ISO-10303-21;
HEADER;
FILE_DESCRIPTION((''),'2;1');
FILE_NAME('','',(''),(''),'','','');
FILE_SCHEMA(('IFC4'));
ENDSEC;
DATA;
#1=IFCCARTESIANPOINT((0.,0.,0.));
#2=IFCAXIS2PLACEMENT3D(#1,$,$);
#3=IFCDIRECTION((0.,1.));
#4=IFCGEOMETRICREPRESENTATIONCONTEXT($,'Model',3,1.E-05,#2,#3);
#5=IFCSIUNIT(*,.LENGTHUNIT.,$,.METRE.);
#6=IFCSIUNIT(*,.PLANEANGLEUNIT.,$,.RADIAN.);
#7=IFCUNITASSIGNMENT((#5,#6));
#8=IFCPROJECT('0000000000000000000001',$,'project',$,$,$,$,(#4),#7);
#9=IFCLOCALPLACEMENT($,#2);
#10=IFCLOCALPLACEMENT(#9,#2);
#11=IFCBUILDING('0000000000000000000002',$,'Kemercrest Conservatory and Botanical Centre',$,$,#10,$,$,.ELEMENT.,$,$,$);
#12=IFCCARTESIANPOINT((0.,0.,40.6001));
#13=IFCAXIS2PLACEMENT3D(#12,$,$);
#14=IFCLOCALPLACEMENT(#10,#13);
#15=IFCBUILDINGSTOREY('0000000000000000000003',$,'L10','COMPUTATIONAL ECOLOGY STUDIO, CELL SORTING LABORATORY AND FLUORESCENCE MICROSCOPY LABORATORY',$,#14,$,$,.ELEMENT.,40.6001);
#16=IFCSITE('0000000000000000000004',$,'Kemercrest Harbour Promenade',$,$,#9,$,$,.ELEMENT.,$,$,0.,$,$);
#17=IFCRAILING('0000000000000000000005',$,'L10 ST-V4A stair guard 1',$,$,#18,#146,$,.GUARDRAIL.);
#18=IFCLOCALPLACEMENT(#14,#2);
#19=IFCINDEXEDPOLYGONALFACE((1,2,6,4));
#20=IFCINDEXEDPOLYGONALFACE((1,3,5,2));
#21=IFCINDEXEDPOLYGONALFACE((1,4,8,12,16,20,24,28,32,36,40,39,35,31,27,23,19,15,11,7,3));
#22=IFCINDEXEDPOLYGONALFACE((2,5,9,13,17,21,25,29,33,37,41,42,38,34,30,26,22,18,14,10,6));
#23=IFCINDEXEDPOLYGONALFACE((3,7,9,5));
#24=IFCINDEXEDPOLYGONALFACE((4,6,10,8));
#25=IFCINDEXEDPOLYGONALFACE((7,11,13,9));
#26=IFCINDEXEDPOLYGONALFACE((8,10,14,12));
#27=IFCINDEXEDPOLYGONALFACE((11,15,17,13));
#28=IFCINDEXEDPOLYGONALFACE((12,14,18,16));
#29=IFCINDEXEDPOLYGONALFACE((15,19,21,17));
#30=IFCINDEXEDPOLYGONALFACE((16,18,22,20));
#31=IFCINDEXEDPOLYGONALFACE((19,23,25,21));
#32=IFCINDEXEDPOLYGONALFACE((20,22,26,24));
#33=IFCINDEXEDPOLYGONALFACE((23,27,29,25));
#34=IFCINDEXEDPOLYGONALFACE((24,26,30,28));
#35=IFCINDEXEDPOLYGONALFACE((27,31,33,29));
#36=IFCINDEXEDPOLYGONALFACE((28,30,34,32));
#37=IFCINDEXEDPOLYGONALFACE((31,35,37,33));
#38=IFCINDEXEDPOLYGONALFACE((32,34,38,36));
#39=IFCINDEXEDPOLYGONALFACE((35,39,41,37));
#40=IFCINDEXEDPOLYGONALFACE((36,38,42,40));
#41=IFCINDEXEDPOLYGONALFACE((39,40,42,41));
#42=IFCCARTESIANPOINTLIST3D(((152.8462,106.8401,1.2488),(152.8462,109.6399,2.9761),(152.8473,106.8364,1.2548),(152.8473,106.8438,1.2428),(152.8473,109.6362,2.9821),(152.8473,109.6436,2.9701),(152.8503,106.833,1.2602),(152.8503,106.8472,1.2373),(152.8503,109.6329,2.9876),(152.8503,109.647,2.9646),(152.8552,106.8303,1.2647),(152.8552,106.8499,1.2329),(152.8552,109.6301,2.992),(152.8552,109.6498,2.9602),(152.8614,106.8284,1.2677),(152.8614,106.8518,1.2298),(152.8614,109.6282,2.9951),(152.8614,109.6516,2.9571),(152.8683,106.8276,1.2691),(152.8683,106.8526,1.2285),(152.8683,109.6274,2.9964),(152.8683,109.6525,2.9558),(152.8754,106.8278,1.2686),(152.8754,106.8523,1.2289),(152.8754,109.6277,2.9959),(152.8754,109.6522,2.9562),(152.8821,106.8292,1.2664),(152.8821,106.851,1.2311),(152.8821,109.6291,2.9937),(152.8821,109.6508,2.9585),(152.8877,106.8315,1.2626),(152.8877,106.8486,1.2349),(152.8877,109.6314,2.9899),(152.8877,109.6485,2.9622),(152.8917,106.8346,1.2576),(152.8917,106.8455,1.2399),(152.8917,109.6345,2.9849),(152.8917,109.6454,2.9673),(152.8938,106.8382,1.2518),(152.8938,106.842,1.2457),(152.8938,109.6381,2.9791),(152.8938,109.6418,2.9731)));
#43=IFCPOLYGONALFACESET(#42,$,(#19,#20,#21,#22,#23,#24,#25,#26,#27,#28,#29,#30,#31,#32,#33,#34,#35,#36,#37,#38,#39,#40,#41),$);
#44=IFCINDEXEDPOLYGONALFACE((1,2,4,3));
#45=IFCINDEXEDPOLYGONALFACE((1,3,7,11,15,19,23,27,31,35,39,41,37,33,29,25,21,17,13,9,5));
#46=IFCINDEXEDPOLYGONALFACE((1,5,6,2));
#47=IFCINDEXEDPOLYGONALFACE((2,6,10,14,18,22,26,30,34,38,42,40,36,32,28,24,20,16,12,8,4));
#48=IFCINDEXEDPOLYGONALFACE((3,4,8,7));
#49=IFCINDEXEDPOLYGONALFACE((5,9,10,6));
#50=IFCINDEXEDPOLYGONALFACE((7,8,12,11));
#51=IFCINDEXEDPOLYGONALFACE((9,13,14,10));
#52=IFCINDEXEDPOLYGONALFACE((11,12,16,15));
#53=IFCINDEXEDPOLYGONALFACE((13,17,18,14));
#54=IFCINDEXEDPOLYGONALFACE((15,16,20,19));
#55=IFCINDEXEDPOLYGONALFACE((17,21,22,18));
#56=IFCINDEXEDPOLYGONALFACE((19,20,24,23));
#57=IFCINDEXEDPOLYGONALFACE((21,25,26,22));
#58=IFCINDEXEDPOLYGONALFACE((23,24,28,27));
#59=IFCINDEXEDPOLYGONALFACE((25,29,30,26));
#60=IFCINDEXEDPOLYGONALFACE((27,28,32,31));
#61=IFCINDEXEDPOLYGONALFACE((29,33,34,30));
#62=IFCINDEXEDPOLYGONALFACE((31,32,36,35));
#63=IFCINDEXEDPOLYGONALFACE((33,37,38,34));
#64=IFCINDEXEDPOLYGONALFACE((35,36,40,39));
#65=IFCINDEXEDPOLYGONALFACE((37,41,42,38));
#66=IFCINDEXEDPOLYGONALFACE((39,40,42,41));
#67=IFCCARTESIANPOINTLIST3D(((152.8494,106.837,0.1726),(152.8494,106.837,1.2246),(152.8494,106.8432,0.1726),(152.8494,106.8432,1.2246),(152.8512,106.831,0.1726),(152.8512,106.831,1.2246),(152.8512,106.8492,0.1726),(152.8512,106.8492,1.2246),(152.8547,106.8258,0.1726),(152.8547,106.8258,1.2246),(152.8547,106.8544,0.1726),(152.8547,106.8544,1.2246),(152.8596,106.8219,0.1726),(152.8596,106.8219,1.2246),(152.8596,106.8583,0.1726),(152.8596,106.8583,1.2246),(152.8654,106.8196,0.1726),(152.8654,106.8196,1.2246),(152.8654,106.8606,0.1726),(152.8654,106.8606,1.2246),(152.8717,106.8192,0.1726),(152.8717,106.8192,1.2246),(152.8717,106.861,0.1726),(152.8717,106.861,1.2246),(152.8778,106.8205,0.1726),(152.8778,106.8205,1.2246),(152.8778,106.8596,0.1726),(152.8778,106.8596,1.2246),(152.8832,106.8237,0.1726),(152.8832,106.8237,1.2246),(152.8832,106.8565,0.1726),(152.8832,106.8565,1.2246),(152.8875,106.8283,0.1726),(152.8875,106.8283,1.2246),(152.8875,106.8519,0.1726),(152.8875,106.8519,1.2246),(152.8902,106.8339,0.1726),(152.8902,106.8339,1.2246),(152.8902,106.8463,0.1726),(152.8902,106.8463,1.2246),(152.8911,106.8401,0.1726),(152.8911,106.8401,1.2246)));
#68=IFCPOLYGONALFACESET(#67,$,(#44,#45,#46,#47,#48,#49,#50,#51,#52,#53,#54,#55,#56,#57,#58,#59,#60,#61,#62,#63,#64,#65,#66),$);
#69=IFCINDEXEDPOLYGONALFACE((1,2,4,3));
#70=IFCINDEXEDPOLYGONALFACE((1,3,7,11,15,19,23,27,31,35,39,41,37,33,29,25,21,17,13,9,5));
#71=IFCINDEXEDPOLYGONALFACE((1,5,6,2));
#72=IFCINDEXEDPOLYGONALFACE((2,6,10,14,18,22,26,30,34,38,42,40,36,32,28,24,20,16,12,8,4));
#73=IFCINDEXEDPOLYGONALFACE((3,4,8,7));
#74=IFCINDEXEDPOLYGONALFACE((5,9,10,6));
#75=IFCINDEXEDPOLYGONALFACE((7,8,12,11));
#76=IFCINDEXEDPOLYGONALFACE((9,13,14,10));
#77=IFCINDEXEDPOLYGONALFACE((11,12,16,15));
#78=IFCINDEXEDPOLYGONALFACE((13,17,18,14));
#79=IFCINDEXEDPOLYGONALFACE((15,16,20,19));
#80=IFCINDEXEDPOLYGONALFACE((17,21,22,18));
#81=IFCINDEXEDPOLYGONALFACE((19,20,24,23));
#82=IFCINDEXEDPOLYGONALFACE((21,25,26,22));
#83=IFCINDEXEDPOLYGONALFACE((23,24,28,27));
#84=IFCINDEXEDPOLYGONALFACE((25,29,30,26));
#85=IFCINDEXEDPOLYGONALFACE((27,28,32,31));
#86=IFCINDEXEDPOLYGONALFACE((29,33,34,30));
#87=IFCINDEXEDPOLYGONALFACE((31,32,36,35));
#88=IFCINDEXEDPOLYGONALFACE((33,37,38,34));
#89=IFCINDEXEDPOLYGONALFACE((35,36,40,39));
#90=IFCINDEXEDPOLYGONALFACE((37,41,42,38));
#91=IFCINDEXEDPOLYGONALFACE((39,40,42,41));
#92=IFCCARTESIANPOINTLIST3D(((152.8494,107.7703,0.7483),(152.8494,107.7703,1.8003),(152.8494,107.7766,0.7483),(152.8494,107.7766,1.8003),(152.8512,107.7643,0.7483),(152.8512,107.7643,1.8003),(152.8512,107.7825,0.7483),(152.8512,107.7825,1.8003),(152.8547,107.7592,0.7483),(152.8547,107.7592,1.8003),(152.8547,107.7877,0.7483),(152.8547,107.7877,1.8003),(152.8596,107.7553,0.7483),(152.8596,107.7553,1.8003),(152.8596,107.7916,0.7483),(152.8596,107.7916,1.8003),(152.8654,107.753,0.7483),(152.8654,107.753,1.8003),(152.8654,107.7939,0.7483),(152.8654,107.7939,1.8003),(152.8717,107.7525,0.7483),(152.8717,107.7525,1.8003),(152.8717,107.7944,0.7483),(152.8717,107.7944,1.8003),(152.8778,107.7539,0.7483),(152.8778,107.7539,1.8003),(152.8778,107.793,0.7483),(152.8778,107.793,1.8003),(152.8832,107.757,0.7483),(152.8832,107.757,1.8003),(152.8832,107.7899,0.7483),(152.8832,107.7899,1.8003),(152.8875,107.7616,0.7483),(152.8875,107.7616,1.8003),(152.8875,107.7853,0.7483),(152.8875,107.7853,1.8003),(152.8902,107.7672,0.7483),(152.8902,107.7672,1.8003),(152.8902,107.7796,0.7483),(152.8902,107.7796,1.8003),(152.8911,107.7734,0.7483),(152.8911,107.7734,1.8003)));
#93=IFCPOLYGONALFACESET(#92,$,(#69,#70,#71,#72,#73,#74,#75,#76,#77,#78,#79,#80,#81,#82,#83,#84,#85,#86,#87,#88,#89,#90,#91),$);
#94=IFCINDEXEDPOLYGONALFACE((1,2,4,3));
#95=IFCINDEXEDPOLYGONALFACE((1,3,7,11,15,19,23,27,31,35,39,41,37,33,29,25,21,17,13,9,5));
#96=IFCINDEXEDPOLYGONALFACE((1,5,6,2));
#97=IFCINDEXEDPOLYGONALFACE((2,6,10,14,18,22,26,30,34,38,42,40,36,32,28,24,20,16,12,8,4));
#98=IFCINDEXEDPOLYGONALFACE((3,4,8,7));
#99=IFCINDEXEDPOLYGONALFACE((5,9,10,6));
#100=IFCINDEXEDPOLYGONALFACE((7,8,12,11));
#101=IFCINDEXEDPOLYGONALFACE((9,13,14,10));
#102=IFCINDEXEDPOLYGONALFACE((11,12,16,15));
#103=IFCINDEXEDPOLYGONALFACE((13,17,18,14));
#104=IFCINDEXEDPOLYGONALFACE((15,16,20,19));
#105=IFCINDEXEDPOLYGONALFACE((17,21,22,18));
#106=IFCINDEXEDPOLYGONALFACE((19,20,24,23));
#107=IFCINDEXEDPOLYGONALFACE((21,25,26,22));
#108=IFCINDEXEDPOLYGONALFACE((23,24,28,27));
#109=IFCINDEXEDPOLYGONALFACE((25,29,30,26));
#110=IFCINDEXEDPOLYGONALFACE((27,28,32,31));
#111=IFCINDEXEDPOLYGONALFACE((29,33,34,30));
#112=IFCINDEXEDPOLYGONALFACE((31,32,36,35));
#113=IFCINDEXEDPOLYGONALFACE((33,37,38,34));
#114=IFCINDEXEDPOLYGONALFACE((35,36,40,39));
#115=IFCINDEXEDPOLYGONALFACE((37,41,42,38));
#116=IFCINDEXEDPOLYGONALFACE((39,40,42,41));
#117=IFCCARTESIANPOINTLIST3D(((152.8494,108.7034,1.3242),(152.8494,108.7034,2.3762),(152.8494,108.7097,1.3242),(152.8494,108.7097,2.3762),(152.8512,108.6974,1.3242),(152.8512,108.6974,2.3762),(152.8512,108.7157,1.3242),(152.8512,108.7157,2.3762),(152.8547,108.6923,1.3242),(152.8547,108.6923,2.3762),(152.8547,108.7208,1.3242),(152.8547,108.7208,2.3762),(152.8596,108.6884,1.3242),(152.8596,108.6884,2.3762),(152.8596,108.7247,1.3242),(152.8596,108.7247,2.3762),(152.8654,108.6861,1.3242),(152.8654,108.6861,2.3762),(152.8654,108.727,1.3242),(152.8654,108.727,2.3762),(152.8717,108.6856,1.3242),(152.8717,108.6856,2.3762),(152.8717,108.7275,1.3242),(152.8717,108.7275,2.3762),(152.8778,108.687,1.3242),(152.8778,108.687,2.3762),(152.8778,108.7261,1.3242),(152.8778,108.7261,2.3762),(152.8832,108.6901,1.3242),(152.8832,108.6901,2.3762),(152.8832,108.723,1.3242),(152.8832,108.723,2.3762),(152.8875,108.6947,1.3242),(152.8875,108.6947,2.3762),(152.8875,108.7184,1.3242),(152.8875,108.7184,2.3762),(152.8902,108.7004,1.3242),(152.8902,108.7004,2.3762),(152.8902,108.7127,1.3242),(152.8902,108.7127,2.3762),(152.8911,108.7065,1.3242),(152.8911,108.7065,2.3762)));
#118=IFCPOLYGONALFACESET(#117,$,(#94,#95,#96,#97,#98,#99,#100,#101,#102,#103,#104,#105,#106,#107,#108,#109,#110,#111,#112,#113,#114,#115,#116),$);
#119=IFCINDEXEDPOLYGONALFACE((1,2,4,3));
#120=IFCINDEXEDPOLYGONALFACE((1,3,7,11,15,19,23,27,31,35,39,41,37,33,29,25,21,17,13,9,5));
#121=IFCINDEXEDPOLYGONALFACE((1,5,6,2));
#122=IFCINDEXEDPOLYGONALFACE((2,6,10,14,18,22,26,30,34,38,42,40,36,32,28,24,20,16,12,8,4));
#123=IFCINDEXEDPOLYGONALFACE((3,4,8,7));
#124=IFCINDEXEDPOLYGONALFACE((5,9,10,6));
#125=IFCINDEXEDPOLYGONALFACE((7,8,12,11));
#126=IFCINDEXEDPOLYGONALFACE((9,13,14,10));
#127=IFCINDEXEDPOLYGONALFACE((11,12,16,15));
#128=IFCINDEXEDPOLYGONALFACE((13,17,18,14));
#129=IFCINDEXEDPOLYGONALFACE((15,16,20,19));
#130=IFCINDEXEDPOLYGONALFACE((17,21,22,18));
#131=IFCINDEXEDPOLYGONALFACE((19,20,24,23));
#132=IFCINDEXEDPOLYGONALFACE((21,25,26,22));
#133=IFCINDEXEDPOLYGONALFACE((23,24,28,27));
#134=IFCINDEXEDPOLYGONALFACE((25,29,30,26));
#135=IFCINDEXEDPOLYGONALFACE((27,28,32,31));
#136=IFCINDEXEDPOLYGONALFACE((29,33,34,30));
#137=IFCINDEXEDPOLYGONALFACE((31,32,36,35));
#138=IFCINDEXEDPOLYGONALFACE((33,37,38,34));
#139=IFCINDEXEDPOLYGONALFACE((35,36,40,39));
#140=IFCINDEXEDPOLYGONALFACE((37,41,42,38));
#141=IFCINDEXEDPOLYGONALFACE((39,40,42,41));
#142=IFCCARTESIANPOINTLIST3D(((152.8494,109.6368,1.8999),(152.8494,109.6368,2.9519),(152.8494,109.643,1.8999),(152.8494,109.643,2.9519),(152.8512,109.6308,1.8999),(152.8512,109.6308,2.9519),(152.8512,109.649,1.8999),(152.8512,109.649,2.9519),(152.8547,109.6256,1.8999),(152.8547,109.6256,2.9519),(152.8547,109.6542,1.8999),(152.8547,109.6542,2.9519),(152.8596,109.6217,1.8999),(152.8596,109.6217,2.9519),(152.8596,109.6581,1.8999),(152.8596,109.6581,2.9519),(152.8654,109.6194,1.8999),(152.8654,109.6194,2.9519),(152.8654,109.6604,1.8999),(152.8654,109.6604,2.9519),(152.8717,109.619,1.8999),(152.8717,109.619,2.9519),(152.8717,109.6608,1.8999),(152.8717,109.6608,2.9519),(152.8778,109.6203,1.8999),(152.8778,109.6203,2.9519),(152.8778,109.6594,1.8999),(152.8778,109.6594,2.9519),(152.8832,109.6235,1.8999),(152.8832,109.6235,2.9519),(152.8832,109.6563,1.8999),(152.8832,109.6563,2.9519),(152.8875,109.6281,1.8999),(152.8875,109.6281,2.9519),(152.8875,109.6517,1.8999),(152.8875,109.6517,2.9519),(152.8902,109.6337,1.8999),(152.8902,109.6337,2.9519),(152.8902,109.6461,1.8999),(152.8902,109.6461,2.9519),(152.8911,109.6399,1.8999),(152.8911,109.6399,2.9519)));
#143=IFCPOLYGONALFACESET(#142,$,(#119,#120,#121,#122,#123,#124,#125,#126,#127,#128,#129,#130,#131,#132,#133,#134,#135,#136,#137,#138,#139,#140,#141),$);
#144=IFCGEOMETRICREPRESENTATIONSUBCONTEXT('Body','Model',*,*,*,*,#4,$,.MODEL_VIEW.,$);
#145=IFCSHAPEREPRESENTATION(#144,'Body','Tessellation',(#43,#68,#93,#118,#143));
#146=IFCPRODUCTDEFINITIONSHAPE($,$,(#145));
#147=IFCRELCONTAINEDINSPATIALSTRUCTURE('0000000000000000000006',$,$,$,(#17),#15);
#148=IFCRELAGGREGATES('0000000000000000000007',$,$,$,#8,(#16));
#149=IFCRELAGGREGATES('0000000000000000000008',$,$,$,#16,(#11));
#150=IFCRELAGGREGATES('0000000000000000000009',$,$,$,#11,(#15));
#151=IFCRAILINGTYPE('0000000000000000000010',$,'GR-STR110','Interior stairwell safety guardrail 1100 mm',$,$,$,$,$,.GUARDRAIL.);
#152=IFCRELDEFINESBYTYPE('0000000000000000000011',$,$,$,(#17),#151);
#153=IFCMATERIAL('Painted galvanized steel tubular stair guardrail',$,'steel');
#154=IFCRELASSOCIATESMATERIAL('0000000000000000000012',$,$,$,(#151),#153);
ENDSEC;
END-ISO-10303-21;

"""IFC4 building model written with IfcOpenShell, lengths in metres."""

from ifc_helpers import new_model, si_unit, direction, frame, origin, origin_2d, place, context, subcontext, project, spatial, circle, extrude, material, type_object, element, save


model = new_model("IFC4")

# Units and contexts
model_context = context("Model", 3, precision=1e-05, world=origin(), true_north=direction((0.0, 1.0)))
body_context = subcontext(model_context, "Body", "Model", "MODEL_VIEW")
ifc_project = project(units=[si_unit("LENGTHUNIT", "METRE"), si_unit("PLANEANGLEUNIT", "RADIAN")], contexts=[model_context])

# Site, building, storey
site_placement = place(None, origin())
site = spatial("IfcSite", under=ifc_project, at=site_placement, Name="Kemercrest Harbour Promenade", CompositionType="ELEMENT", RefElevation=0.0)
building_placement = place(site_placement, origin())
building = spatial("IfcBuilding", under=site, at=building_placement, Name="Kemercrest Conservatory and Botanical Centre", CompositionType="ELEMENT")
storey_placement = place(building_placement, frame((0.0, 0.0, 40.6001)))
storey = spatial("IfcBuildingStorey", under=building, at=storey_placement, Name="L10", Description="COMPUTATIONAL ECOLOGY STUDIO, CELL SORTING LABORATORY AND FLUORESCENCE MICROSCOPY LABORATORY", CompositionType="ELEMENT", Elevation=40.6001)

# Railing
ifc_material_1 = material(Name="Painted galvanized steel tubular stair guardrail", Category="steel")
railing_type_1 = type_object("IfcRailingType", Name="GR-STR110", Description="Interior stairwell safety guardrail 1100 mm", PredefinedType="GUARDRAIL", material=ifc_material_1)
railing_1_placement = place(storey_placement, frame((152.8701, 106.8401, 0.1726)))
element("IfcRailing", 1, at=railing_1_placement, inside=storey, type_object=railing_type_1, Name="L10 ST-V4A stair guard 1", PredefinedType="GUARDRAIL", context=body_context, shape_type="SweptSolid", body=[
    extrude(circle(Radius=0.0239, at=origin_2d()), frame((0.0, 0.0, 1.0762), z_axis=(0.0, 0.851069, 0.525054), x_axis=(-1.0, 0.0, 0.0)), (0.0, 0.0, 1.0), 3.2898),
    extrude(circle(Radius=0.021, at=origin_2d()), origin(), (0.0, 0.0, 1.0), 1.052),
    extrude(circle(Radius=0.021, at=origin_2d()), frame((0.0, 0.9333, 0.5757)), (0.0, 0.0, 1.0), 1.052),
    extrude(circle(Radius=0.021, at=origin_2d()), frame((0.0, 1.8665, 1.1516)), (0.0, 0.0, 1.0), 1.052),
    extrude(circle(Radius=0.021, at=origin_2d()), frame((0.0, 2.7998, 1.7273)), (0.0, 0.0, 1.0), 1.052),
])

save(model, "model.ifc")
